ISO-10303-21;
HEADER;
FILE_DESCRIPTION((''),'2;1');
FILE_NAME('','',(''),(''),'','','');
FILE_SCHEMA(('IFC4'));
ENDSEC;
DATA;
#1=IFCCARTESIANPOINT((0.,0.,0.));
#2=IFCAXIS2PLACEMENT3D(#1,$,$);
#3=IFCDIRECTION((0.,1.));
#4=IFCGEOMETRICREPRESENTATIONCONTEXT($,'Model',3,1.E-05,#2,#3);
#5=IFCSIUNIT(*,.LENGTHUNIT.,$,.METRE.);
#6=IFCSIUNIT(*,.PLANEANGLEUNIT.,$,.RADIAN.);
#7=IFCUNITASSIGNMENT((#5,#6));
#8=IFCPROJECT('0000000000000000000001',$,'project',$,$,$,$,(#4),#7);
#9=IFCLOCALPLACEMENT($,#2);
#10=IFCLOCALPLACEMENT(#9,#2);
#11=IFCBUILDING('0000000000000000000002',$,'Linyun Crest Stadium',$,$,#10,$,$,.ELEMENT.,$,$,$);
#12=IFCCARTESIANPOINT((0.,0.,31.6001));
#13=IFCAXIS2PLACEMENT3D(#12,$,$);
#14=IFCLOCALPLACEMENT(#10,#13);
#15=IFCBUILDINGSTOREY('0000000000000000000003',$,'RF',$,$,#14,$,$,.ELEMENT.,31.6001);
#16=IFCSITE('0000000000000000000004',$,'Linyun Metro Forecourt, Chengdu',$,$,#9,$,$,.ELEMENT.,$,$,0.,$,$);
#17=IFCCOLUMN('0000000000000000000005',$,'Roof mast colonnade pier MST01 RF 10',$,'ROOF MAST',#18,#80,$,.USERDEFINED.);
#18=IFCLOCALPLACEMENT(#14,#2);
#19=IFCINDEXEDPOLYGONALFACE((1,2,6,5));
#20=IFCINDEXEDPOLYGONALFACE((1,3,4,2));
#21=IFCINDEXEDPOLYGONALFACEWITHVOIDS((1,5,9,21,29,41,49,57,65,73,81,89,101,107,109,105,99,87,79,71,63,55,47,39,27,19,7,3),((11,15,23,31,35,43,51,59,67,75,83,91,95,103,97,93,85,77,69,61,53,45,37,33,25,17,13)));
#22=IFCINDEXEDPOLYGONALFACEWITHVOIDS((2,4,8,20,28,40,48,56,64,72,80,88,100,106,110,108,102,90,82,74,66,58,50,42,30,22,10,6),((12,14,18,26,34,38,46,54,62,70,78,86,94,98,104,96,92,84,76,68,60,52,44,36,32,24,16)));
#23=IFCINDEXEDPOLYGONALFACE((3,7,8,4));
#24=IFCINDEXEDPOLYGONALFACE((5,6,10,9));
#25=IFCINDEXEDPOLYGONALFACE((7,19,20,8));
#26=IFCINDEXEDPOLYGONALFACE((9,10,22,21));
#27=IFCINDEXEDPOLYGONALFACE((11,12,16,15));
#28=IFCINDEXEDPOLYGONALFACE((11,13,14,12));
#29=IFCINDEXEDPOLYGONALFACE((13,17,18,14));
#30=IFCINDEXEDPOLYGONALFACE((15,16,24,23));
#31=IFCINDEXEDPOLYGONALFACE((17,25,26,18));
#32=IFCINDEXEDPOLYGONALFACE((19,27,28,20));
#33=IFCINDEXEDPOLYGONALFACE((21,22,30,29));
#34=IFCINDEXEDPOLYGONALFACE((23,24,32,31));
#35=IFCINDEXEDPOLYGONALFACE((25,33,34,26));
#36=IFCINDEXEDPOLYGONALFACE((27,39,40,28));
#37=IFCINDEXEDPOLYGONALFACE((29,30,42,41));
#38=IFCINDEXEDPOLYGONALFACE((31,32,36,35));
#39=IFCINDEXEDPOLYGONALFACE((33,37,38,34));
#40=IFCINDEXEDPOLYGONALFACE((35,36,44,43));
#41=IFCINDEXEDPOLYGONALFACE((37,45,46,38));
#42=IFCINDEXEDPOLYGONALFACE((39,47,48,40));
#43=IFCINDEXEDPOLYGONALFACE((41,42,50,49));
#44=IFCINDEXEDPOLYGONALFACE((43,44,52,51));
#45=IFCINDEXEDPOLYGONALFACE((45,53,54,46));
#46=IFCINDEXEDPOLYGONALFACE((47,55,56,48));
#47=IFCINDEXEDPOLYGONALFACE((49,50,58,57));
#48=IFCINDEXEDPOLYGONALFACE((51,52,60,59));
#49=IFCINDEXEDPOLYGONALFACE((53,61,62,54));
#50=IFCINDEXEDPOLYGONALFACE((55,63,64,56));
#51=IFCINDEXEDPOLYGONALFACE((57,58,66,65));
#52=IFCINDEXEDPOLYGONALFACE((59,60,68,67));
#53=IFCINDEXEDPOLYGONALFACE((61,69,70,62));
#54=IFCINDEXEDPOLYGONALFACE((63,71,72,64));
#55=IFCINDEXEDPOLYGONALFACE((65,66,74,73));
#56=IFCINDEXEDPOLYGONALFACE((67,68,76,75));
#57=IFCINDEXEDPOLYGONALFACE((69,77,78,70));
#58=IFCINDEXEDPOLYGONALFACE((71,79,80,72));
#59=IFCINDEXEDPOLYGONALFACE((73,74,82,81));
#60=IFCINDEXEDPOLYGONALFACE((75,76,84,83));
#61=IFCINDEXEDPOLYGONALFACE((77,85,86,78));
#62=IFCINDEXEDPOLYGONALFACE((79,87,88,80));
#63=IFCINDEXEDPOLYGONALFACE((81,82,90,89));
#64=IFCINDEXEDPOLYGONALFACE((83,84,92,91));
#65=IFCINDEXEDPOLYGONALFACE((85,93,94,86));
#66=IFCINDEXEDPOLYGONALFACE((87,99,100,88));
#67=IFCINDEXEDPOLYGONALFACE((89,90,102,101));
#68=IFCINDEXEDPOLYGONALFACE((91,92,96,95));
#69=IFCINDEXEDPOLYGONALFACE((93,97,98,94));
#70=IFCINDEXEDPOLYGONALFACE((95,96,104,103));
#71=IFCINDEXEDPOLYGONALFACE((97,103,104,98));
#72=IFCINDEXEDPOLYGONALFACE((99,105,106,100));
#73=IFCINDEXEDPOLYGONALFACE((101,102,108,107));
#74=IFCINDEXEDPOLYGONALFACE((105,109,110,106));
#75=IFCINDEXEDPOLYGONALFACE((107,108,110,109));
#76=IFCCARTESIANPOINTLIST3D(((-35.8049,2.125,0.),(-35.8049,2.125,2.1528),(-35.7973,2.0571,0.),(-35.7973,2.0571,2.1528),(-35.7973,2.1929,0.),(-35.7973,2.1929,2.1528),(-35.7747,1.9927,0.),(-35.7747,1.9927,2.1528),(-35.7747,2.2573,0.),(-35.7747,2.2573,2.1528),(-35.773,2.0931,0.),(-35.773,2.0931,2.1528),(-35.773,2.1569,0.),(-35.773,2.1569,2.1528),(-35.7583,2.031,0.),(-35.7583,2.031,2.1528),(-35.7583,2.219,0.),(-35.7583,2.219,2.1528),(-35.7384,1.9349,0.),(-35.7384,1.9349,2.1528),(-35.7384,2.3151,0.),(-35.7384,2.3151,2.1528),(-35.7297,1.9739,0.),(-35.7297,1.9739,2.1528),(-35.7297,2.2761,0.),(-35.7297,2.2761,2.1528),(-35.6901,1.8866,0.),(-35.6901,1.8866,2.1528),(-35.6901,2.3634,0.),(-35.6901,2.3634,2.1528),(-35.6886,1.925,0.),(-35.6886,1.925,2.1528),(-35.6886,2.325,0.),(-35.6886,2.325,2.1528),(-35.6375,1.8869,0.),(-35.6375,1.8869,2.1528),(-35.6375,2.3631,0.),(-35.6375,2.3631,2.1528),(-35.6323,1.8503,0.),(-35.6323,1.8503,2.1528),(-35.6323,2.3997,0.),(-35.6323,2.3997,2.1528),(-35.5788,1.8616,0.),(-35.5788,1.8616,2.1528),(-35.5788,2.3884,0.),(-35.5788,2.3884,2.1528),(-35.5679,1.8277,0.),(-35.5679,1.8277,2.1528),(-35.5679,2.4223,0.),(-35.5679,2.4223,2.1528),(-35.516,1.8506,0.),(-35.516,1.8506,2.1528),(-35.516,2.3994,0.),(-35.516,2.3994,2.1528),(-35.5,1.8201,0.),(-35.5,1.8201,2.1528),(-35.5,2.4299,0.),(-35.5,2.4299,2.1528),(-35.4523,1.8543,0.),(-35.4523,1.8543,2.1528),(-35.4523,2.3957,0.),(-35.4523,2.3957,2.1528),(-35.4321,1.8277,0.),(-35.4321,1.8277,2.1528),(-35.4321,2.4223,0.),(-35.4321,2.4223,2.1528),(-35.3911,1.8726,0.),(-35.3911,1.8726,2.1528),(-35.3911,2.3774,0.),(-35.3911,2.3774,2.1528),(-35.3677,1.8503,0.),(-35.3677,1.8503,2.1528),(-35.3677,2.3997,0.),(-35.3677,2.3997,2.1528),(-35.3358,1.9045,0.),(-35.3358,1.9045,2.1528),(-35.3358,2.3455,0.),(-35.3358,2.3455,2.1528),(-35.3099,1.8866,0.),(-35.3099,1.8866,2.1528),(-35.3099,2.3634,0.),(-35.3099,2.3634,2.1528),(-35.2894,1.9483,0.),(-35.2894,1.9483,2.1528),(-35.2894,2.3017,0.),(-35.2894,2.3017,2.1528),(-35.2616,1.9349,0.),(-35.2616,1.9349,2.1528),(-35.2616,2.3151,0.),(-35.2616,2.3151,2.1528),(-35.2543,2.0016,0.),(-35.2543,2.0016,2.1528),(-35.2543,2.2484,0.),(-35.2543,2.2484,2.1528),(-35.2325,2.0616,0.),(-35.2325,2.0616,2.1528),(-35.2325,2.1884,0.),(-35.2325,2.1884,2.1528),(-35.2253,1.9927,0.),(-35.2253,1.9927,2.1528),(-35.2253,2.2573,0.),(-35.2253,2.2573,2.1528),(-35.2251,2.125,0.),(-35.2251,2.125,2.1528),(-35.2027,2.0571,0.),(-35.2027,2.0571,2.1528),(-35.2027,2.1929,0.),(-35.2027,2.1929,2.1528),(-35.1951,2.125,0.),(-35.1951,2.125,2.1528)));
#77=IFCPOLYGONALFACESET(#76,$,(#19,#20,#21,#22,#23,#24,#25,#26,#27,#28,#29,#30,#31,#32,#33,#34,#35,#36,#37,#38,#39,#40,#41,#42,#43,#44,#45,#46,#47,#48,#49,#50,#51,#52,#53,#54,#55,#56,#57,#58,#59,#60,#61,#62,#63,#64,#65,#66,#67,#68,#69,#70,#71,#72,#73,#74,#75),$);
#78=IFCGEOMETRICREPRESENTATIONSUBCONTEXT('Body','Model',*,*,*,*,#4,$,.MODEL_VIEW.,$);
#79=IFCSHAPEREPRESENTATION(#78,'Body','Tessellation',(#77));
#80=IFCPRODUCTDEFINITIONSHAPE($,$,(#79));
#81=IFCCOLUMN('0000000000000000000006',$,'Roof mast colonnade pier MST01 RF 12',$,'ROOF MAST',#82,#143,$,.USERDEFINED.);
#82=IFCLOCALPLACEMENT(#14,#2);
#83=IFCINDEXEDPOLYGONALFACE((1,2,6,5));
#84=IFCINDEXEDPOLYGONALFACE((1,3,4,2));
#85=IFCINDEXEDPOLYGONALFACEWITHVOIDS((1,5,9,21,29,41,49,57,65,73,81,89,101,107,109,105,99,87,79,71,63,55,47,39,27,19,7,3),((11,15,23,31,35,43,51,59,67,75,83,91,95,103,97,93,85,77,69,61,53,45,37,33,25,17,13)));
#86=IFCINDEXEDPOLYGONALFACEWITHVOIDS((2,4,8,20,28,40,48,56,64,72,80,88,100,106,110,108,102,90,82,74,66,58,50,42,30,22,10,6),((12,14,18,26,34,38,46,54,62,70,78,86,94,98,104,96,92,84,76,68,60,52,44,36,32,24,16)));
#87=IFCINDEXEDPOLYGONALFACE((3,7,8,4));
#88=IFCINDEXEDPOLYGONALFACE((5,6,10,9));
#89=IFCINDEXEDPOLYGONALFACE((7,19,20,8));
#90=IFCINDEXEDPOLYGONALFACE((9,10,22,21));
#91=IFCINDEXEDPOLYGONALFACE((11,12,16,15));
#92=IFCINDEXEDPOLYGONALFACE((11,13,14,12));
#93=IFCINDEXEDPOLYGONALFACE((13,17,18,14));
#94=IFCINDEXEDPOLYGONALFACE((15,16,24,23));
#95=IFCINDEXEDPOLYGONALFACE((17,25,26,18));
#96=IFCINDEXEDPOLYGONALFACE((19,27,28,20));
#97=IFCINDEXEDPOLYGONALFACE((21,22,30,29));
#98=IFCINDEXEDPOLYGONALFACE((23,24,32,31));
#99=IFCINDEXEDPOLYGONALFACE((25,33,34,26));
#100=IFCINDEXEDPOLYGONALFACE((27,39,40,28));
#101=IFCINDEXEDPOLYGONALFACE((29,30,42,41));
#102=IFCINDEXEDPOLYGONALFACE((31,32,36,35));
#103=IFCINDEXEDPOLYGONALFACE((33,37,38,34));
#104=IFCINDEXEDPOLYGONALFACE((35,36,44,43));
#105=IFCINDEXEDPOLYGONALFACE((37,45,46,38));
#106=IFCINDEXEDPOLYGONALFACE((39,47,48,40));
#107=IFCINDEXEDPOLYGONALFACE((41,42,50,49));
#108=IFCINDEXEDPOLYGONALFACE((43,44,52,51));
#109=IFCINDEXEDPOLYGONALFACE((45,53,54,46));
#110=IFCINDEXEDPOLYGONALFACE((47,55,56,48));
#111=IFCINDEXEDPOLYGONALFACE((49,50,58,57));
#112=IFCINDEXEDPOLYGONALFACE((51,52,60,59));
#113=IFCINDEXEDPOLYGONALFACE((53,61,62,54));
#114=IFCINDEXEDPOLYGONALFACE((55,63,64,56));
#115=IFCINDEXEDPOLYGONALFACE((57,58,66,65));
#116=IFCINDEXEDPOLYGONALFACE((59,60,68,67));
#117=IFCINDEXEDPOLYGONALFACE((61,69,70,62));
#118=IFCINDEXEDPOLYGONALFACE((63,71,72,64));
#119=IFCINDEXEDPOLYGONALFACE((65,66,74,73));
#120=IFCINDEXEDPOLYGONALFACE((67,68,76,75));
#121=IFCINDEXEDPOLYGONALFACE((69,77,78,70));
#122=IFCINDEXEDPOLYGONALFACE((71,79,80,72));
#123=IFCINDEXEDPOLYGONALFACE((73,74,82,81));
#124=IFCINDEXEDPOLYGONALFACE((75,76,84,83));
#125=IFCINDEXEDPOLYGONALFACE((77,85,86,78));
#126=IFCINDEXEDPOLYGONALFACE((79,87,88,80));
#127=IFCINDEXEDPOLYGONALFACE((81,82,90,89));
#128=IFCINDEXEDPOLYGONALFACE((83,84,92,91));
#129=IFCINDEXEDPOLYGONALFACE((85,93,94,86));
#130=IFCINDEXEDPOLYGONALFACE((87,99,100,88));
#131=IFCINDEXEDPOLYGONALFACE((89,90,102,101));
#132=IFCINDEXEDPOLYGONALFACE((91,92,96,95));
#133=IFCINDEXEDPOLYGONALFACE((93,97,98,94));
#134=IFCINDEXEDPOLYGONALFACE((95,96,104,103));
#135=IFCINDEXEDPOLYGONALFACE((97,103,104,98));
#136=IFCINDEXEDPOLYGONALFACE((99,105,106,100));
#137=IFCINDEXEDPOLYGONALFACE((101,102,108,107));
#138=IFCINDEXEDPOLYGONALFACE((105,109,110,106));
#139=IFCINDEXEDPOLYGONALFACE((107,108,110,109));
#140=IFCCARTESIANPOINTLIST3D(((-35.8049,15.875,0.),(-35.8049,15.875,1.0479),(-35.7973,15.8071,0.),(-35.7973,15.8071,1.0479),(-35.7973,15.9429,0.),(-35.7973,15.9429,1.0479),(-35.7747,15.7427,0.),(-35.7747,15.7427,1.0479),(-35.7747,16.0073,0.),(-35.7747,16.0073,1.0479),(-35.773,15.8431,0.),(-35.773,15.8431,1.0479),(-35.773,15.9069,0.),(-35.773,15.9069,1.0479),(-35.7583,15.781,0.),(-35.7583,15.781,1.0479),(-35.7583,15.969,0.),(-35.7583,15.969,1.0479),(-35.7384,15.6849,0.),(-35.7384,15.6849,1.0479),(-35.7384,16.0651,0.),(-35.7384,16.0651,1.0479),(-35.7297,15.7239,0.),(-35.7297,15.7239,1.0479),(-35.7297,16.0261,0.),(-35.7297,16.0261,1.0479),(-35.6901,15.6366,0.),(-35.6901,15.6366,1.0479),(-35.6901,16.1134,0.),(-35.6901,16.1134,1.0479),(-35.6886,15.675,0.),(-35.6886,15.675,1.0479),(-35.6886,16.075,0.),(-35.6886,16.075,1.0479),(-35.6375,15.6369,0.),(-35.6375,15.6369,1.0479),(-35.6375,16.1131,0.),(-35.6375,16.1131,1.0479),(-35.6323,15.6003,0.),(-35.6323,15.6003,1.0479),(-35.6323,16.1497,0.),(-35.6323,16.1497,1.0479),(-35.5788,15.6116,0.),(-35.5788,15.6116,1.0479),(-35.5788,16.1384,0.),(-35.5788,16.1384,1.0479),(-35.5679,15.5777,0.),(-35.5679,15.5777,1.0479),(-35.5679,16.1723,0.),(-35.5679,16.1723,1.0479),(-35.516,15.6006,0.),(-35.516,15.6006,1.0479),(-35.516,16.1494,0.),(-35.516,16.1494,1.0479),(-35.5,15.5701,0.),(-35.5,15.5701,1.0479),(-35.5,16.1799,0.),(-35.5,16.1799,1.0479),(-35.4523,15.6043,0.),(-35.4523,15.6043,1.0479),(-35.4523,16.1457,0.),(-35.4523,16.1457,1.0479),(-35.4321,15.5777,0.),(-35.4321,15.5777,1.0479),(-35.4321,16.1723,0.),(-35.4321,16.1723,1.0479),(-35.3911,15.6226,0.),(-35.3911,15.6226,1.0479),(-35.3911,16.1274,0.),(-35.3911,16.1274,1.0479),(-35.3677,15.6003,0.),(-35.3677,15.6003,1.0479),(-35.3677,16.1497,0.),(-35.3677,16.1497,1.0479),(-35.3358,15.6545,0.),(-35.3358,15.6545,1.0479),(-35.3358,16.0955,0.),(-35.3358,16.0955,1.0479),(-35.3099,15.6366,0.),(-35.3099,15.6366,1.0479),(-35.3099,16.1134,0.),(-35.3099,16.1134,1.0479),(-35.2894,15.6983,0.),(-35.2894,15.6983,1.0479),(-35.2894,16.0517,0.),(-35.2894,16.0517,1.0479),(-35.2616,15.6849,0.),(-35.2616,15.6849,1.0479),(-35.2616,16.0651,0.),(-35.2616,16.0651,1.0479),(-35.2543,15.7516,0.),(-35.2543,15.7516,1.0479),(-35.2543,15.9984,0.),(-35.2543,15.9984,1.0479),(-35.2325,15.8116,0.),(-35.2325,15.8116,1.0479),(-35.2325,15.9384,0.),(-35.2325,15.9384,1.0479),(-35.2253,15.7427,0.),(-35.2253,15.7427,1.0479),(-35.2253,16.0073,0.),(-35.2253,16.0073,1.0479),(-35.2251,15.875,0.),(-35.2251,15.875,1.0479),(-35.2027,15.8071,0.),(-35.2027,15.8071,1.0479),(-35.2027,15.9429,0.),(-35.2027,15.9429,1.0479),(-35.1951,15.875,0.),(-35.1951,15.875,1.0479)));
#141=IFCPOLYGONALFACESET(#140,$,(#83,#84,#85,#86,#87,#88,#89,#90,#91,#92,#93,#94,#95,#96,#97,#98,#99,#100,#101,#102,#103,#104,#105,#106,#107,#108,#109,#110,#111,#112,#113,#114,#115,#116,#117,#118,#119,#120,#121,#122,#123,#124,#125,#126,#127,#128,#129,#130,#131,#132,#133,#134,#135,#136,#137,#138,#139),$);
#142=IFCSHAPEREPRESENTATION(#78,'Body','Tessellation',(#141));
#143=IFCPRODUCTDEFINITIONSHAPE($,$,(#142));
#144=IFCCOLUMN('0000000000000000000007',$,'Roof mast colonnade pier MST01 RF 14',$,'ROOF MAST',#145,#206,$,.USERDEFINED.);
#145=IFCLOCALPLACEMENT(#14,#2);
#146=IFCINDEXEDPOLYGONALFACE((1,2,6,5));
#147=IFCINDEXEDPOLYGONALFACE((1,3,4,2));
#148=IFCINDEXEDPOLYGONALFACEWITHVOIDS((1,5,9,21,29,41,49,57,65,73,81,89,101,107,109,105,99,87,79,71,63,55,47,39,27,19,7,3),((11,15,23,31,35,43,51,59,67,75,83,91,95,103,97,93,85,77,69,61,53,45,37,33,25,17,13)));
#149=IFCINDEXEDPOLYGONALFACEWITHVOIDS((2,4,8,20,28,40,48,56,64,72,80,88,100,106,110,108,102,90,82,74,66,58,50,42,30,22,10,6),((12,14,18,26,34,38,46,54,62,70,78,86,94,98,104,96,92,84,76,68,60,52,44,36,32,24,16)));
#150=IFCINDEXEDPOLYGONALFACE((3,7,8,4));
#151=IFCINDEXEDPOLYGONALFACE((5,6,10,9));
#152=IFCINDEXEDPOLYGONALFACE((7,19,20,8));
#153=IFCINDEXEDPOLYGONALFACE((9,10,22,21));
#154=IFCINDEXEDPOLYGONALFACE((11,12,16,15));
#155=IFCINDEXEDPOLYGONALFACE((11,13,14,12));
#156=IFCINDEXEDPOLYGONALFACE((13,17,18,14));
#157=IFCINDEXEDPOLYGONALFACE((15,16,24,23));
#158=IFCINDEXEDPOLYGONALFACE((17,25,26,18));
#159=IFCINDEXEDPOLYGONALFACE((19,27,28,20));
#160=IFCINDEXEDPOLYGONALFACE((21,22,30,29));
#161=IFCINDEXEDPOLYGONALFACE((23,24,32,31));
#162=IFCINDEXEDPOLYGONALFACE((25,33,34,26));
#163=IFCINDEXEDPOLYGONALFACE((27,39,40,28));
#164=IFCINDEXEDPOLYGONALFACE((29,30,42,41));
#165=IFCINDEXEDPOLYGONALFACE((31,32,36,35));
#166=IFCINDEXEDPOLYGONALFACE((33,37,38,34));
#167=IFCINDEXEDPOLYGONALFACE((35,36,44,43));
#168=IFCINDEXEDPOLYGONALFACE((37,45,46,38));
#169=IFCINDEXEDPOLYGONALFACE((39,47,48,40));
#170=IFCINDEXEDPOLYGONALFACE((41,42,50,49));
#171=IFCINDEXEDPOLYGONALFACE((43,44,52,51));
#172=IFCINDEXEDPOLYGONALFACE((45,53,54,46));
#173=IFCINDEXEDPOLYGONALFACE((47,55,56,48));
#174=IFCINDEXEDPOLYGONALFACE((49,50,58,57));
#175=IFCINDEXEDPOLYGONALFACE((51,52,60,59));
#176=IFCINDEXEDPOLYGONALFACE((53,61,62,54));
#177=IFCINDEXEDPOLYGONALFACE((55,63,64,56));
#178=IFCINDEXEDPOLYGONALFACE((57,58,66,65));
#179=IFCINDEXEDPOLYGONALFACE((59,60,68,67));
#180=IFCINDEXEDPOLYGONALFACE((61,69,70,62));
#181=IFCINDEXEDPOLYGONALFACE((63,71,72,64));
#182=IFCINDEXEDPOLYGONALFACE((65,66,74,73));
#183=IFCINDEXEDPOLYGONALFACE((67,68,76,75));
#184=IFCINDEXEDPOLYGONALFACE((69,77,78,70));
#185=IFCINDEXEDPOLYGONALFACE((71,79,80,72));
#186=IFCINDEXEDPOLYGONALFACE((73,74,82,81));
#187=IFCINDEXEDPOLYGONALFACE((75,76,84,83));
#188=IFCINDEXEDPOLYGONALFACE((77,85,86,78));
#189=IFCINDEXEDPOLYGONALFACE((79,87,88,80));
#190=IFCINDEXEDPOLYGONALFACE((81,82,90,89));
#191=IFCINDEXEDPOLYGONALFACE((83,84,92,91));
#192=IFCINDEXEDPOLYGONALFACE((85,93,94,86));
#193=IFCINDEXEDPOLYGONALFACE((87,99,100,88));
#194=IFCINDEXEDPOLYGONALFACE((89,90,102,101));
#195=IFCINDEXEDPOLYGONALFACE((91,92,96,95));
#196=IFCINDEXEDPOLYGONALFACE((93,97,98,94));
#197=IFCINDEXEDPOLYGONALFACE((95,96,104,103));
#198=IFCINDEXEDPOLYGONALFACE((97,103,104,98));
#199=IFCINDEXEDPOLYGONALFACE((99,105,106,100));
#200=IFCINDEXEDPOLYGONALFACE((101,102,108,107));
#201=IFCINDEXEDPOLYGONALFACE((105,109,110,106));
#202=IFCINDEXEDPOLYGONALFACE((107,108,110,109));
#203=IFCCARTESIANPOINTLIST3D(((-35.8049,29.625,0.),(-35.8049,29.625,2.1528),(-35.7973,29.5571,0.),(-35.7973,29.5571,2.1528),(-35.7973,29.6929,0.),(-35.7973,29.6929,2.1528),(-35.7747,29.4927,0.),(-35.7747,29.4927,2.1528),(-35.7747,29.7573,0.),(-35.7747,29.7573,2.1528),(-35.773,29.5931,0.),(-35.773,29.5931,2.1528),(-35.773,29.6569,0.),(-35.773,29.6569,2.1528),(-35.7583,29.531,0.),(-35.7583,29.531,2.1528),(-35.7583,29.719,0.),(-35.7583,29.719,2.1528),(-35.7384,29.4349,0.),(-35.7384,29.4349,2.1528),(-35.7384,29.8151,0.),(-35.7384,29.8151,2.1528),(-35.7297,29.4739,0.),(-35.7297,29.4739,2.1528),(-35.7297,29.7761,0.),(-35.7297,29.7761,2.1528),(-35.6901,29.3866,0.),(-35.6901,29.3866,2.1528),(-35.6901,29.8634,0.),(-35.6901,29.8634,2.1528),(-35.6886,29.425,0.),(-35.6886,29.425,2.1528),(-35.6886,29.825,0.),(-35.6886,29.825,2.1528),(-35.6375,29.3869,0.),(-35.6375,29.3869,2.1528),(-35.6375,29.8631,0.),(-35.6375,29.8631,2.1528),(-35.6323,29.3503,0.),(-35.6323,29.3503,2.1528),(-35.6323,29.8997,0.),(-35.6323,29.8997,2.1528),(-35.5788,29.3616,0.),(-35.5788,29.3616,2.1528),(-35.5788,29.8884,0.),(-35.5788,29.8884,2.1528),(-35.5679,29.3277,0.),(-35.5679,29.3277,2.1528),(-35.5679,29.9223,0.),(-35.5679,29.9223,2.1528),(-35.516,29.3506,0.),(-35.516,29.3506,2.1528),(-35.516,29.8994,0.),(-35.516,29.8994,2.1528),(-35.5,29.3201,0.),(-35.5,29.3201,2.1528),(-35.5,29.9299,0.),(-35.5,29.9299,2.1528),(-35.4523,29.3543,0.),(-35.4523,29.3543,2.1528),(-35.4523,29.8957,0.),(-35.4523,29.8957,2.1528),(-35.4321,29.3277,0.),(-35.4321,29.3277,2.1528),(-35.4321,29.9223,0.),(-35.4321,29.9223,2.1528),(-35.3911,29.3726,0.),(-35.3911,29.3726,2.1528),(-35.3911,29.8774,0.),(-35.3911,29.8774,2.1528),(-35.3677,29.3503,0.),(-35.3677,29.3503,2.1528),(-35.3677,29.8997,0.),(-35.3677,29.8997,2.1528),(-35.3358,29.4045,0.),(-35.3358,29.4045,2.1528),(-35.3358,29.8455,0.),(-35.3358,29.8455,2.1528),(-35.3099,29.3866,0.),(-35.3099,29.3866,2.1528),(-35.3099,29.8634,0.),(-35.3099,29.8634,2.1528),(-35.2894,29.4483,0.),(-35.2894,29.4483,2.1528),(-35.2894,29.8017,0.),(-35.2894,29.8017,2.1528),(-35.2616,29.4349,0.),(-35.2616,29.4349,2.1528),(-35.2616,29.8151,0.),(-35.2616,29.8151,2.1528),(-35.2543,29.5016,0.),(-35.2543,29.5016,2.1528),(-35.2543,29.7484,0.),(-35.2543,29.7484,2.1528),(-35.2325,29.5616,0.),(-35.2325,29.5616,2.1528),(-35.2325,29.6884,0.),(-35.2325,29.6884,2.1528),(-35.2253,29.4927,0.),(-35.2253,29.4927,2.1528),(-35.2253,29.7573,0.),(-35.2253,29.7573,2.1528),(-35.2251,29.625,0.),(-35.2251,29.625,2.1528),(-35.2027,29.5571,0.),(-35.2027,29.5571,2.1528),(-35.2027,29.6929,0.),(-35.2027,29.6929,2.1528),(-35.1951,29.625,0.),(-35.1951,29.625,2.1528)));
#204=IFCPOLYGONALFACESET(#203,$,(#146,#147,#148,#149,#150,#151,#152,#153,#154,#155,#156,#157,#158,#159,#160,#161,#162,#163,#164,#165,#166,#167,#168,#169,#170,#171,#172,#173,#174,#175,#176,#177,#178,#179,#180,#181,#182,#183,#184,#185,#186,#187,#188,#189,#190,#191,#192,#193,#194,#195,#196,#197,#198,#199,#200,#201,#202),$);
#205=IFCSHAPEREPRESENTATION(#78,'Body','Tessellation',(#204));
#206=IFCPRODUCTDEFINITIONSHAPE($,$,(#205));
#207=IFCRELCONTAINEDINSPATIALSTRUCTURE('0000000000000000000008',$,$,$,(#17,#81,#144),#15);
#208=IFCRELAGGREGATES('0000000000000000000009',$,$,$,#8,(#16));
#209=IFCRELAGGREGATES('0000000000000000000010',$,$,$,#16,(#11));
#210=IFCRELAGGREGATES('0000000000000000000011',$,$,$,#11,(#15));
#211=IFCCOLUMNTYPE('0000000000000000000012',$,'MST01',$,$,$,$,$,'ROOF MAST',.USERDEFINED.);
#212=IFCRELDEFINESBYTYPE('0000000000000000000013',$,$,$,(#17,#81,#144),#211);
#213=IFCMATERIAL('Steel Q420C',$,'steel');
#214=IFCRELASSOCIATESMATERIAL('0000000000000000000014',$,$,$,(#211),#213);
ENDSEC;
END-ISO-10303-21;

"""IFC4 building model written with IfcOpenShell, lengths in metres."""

from ifc_helpers import new_model, si_unit, direction, frame, origin, origin_2d, place, context, subcontext, project, spatial, hollow_circle, extrude, material, material_profile, profile_set, type_object, element, save


model = new_model("IFC4")

# Units and contexts
model_context = context("Model", 3, precision=1e-05, world=origin(), true_north=direction((0.0, 1.0)))
body_context = subcontext(model_context, "Body", "Model", "MODEL_VIEW")
ifc_project = project(units=[si_unit("LENGTHUNIT", "METRE"), si_unit("PLANEANGLEUNIT", "RADIAN")], contexts=[model_context])

# Site, building, storey
site_placement = place(None, origin())
site = spatial("IfcSite", under=ifc_project, at=site_placement, Name="Linyun Metro Forecourt, Chengdu", CompositionType="ELEMENT", RefElevation=0.0)
building_placement = place(site_placement, origin())
building = spatial("IfcBuilding", under=site, at=building_placement, Name="Linyun Crest Stadium", CompositionType="ELEMENT")
storey_placement = place(building_placement, frame((0.0, 0.0, 31.6001)))
storey = spatial("IfcBuildingStorey", under=building, at=storey_placement, Name="RF", CompositionType="ELEMENT", Elevation=31.6001)

# Columns
ifc_material_1 = material(Name="Steel Q420C", Category="steel")
ifc_material_profile_1 = material_profile(ifc_material_1, hollow_circle(Radius=0.3049, WallThickness=0.03, at=origin_2d()), Name="CHS 610x30")
ifc_profile_set_1 = profile_set([ifc_material_profile_1], Name="Steel Q420C")
column_type = type_object("IfcColumnType", Name="MST01", ElementType="ROOF MAST", PredefinedType="USERDEFINED", material=ifc_profile_set_1)
column_1_placement = place(storey_placement, frame((-35.5, 2.125, 0.0), z_axis=(0.0, 0.0, 1.0), x_axis=(1.0, 0.0, 0.0)))
element("IfcColumn", 1, at=column_1_placement, inside=storey, type_object=column_type, Name="Roof mast colonnade pier MST01 RF 10", ObjectType="ROOF MAST", PredefinedType="USERDEFINED", context=body_context, shape_type="SweptSolid", body=[
    extrude(hollow_circle(Radius=0.3049, WallThickness=0.03, at=origin_2d()), origin(), (0.0, 0.0, 1.0), 2.1528),
])
column_2_placement = place(storey_placement, frame((-35.5, 15.875, 0.0), z_axis=(0.0, 0.0, 1.0), x_axis=(1.0, 0.0, 0.0)))
element("IfcColumn", 2, at=column_2_placement, inside=storey, type_object=column_type, Name="Roof mast colonnade pier MST01 RF 12", ObjectType="ROOF MAST", PredefinedType="USERDEFINED", context=body_context, shape_type="SweptSolid", body=[
    extrude(hollow_circle(Radius=0.3049, WallThickness=0.03, at=origin_2d()), origin(), (0.0, 0.0, 1.0), 1.0479),
])
column_3_placement = place(storey_placement, frame((-35.5, 29.625, 0.0), z_axis=(0.0, 0.0, 1.0), x_axis=(1.0, 0.0, 0.0)))
element("IfcColumn", 3, at=column_3_placement, inside=storey, type_object=column_type, Name="Roof mast colonnade pier MST01 RF 14", ObjectType="ROOF MAST", PredefinedType="USERDEFINED", context=body_context, shape_type="SweptSolid", body=[
    extrude(hollow_circle(Radius=0.3049, WallThickness=0.03, at=origin_2d()), origin(), (0.0, 0.0, 1.0), 2.1528),
])

save(model, "model.ifc")
